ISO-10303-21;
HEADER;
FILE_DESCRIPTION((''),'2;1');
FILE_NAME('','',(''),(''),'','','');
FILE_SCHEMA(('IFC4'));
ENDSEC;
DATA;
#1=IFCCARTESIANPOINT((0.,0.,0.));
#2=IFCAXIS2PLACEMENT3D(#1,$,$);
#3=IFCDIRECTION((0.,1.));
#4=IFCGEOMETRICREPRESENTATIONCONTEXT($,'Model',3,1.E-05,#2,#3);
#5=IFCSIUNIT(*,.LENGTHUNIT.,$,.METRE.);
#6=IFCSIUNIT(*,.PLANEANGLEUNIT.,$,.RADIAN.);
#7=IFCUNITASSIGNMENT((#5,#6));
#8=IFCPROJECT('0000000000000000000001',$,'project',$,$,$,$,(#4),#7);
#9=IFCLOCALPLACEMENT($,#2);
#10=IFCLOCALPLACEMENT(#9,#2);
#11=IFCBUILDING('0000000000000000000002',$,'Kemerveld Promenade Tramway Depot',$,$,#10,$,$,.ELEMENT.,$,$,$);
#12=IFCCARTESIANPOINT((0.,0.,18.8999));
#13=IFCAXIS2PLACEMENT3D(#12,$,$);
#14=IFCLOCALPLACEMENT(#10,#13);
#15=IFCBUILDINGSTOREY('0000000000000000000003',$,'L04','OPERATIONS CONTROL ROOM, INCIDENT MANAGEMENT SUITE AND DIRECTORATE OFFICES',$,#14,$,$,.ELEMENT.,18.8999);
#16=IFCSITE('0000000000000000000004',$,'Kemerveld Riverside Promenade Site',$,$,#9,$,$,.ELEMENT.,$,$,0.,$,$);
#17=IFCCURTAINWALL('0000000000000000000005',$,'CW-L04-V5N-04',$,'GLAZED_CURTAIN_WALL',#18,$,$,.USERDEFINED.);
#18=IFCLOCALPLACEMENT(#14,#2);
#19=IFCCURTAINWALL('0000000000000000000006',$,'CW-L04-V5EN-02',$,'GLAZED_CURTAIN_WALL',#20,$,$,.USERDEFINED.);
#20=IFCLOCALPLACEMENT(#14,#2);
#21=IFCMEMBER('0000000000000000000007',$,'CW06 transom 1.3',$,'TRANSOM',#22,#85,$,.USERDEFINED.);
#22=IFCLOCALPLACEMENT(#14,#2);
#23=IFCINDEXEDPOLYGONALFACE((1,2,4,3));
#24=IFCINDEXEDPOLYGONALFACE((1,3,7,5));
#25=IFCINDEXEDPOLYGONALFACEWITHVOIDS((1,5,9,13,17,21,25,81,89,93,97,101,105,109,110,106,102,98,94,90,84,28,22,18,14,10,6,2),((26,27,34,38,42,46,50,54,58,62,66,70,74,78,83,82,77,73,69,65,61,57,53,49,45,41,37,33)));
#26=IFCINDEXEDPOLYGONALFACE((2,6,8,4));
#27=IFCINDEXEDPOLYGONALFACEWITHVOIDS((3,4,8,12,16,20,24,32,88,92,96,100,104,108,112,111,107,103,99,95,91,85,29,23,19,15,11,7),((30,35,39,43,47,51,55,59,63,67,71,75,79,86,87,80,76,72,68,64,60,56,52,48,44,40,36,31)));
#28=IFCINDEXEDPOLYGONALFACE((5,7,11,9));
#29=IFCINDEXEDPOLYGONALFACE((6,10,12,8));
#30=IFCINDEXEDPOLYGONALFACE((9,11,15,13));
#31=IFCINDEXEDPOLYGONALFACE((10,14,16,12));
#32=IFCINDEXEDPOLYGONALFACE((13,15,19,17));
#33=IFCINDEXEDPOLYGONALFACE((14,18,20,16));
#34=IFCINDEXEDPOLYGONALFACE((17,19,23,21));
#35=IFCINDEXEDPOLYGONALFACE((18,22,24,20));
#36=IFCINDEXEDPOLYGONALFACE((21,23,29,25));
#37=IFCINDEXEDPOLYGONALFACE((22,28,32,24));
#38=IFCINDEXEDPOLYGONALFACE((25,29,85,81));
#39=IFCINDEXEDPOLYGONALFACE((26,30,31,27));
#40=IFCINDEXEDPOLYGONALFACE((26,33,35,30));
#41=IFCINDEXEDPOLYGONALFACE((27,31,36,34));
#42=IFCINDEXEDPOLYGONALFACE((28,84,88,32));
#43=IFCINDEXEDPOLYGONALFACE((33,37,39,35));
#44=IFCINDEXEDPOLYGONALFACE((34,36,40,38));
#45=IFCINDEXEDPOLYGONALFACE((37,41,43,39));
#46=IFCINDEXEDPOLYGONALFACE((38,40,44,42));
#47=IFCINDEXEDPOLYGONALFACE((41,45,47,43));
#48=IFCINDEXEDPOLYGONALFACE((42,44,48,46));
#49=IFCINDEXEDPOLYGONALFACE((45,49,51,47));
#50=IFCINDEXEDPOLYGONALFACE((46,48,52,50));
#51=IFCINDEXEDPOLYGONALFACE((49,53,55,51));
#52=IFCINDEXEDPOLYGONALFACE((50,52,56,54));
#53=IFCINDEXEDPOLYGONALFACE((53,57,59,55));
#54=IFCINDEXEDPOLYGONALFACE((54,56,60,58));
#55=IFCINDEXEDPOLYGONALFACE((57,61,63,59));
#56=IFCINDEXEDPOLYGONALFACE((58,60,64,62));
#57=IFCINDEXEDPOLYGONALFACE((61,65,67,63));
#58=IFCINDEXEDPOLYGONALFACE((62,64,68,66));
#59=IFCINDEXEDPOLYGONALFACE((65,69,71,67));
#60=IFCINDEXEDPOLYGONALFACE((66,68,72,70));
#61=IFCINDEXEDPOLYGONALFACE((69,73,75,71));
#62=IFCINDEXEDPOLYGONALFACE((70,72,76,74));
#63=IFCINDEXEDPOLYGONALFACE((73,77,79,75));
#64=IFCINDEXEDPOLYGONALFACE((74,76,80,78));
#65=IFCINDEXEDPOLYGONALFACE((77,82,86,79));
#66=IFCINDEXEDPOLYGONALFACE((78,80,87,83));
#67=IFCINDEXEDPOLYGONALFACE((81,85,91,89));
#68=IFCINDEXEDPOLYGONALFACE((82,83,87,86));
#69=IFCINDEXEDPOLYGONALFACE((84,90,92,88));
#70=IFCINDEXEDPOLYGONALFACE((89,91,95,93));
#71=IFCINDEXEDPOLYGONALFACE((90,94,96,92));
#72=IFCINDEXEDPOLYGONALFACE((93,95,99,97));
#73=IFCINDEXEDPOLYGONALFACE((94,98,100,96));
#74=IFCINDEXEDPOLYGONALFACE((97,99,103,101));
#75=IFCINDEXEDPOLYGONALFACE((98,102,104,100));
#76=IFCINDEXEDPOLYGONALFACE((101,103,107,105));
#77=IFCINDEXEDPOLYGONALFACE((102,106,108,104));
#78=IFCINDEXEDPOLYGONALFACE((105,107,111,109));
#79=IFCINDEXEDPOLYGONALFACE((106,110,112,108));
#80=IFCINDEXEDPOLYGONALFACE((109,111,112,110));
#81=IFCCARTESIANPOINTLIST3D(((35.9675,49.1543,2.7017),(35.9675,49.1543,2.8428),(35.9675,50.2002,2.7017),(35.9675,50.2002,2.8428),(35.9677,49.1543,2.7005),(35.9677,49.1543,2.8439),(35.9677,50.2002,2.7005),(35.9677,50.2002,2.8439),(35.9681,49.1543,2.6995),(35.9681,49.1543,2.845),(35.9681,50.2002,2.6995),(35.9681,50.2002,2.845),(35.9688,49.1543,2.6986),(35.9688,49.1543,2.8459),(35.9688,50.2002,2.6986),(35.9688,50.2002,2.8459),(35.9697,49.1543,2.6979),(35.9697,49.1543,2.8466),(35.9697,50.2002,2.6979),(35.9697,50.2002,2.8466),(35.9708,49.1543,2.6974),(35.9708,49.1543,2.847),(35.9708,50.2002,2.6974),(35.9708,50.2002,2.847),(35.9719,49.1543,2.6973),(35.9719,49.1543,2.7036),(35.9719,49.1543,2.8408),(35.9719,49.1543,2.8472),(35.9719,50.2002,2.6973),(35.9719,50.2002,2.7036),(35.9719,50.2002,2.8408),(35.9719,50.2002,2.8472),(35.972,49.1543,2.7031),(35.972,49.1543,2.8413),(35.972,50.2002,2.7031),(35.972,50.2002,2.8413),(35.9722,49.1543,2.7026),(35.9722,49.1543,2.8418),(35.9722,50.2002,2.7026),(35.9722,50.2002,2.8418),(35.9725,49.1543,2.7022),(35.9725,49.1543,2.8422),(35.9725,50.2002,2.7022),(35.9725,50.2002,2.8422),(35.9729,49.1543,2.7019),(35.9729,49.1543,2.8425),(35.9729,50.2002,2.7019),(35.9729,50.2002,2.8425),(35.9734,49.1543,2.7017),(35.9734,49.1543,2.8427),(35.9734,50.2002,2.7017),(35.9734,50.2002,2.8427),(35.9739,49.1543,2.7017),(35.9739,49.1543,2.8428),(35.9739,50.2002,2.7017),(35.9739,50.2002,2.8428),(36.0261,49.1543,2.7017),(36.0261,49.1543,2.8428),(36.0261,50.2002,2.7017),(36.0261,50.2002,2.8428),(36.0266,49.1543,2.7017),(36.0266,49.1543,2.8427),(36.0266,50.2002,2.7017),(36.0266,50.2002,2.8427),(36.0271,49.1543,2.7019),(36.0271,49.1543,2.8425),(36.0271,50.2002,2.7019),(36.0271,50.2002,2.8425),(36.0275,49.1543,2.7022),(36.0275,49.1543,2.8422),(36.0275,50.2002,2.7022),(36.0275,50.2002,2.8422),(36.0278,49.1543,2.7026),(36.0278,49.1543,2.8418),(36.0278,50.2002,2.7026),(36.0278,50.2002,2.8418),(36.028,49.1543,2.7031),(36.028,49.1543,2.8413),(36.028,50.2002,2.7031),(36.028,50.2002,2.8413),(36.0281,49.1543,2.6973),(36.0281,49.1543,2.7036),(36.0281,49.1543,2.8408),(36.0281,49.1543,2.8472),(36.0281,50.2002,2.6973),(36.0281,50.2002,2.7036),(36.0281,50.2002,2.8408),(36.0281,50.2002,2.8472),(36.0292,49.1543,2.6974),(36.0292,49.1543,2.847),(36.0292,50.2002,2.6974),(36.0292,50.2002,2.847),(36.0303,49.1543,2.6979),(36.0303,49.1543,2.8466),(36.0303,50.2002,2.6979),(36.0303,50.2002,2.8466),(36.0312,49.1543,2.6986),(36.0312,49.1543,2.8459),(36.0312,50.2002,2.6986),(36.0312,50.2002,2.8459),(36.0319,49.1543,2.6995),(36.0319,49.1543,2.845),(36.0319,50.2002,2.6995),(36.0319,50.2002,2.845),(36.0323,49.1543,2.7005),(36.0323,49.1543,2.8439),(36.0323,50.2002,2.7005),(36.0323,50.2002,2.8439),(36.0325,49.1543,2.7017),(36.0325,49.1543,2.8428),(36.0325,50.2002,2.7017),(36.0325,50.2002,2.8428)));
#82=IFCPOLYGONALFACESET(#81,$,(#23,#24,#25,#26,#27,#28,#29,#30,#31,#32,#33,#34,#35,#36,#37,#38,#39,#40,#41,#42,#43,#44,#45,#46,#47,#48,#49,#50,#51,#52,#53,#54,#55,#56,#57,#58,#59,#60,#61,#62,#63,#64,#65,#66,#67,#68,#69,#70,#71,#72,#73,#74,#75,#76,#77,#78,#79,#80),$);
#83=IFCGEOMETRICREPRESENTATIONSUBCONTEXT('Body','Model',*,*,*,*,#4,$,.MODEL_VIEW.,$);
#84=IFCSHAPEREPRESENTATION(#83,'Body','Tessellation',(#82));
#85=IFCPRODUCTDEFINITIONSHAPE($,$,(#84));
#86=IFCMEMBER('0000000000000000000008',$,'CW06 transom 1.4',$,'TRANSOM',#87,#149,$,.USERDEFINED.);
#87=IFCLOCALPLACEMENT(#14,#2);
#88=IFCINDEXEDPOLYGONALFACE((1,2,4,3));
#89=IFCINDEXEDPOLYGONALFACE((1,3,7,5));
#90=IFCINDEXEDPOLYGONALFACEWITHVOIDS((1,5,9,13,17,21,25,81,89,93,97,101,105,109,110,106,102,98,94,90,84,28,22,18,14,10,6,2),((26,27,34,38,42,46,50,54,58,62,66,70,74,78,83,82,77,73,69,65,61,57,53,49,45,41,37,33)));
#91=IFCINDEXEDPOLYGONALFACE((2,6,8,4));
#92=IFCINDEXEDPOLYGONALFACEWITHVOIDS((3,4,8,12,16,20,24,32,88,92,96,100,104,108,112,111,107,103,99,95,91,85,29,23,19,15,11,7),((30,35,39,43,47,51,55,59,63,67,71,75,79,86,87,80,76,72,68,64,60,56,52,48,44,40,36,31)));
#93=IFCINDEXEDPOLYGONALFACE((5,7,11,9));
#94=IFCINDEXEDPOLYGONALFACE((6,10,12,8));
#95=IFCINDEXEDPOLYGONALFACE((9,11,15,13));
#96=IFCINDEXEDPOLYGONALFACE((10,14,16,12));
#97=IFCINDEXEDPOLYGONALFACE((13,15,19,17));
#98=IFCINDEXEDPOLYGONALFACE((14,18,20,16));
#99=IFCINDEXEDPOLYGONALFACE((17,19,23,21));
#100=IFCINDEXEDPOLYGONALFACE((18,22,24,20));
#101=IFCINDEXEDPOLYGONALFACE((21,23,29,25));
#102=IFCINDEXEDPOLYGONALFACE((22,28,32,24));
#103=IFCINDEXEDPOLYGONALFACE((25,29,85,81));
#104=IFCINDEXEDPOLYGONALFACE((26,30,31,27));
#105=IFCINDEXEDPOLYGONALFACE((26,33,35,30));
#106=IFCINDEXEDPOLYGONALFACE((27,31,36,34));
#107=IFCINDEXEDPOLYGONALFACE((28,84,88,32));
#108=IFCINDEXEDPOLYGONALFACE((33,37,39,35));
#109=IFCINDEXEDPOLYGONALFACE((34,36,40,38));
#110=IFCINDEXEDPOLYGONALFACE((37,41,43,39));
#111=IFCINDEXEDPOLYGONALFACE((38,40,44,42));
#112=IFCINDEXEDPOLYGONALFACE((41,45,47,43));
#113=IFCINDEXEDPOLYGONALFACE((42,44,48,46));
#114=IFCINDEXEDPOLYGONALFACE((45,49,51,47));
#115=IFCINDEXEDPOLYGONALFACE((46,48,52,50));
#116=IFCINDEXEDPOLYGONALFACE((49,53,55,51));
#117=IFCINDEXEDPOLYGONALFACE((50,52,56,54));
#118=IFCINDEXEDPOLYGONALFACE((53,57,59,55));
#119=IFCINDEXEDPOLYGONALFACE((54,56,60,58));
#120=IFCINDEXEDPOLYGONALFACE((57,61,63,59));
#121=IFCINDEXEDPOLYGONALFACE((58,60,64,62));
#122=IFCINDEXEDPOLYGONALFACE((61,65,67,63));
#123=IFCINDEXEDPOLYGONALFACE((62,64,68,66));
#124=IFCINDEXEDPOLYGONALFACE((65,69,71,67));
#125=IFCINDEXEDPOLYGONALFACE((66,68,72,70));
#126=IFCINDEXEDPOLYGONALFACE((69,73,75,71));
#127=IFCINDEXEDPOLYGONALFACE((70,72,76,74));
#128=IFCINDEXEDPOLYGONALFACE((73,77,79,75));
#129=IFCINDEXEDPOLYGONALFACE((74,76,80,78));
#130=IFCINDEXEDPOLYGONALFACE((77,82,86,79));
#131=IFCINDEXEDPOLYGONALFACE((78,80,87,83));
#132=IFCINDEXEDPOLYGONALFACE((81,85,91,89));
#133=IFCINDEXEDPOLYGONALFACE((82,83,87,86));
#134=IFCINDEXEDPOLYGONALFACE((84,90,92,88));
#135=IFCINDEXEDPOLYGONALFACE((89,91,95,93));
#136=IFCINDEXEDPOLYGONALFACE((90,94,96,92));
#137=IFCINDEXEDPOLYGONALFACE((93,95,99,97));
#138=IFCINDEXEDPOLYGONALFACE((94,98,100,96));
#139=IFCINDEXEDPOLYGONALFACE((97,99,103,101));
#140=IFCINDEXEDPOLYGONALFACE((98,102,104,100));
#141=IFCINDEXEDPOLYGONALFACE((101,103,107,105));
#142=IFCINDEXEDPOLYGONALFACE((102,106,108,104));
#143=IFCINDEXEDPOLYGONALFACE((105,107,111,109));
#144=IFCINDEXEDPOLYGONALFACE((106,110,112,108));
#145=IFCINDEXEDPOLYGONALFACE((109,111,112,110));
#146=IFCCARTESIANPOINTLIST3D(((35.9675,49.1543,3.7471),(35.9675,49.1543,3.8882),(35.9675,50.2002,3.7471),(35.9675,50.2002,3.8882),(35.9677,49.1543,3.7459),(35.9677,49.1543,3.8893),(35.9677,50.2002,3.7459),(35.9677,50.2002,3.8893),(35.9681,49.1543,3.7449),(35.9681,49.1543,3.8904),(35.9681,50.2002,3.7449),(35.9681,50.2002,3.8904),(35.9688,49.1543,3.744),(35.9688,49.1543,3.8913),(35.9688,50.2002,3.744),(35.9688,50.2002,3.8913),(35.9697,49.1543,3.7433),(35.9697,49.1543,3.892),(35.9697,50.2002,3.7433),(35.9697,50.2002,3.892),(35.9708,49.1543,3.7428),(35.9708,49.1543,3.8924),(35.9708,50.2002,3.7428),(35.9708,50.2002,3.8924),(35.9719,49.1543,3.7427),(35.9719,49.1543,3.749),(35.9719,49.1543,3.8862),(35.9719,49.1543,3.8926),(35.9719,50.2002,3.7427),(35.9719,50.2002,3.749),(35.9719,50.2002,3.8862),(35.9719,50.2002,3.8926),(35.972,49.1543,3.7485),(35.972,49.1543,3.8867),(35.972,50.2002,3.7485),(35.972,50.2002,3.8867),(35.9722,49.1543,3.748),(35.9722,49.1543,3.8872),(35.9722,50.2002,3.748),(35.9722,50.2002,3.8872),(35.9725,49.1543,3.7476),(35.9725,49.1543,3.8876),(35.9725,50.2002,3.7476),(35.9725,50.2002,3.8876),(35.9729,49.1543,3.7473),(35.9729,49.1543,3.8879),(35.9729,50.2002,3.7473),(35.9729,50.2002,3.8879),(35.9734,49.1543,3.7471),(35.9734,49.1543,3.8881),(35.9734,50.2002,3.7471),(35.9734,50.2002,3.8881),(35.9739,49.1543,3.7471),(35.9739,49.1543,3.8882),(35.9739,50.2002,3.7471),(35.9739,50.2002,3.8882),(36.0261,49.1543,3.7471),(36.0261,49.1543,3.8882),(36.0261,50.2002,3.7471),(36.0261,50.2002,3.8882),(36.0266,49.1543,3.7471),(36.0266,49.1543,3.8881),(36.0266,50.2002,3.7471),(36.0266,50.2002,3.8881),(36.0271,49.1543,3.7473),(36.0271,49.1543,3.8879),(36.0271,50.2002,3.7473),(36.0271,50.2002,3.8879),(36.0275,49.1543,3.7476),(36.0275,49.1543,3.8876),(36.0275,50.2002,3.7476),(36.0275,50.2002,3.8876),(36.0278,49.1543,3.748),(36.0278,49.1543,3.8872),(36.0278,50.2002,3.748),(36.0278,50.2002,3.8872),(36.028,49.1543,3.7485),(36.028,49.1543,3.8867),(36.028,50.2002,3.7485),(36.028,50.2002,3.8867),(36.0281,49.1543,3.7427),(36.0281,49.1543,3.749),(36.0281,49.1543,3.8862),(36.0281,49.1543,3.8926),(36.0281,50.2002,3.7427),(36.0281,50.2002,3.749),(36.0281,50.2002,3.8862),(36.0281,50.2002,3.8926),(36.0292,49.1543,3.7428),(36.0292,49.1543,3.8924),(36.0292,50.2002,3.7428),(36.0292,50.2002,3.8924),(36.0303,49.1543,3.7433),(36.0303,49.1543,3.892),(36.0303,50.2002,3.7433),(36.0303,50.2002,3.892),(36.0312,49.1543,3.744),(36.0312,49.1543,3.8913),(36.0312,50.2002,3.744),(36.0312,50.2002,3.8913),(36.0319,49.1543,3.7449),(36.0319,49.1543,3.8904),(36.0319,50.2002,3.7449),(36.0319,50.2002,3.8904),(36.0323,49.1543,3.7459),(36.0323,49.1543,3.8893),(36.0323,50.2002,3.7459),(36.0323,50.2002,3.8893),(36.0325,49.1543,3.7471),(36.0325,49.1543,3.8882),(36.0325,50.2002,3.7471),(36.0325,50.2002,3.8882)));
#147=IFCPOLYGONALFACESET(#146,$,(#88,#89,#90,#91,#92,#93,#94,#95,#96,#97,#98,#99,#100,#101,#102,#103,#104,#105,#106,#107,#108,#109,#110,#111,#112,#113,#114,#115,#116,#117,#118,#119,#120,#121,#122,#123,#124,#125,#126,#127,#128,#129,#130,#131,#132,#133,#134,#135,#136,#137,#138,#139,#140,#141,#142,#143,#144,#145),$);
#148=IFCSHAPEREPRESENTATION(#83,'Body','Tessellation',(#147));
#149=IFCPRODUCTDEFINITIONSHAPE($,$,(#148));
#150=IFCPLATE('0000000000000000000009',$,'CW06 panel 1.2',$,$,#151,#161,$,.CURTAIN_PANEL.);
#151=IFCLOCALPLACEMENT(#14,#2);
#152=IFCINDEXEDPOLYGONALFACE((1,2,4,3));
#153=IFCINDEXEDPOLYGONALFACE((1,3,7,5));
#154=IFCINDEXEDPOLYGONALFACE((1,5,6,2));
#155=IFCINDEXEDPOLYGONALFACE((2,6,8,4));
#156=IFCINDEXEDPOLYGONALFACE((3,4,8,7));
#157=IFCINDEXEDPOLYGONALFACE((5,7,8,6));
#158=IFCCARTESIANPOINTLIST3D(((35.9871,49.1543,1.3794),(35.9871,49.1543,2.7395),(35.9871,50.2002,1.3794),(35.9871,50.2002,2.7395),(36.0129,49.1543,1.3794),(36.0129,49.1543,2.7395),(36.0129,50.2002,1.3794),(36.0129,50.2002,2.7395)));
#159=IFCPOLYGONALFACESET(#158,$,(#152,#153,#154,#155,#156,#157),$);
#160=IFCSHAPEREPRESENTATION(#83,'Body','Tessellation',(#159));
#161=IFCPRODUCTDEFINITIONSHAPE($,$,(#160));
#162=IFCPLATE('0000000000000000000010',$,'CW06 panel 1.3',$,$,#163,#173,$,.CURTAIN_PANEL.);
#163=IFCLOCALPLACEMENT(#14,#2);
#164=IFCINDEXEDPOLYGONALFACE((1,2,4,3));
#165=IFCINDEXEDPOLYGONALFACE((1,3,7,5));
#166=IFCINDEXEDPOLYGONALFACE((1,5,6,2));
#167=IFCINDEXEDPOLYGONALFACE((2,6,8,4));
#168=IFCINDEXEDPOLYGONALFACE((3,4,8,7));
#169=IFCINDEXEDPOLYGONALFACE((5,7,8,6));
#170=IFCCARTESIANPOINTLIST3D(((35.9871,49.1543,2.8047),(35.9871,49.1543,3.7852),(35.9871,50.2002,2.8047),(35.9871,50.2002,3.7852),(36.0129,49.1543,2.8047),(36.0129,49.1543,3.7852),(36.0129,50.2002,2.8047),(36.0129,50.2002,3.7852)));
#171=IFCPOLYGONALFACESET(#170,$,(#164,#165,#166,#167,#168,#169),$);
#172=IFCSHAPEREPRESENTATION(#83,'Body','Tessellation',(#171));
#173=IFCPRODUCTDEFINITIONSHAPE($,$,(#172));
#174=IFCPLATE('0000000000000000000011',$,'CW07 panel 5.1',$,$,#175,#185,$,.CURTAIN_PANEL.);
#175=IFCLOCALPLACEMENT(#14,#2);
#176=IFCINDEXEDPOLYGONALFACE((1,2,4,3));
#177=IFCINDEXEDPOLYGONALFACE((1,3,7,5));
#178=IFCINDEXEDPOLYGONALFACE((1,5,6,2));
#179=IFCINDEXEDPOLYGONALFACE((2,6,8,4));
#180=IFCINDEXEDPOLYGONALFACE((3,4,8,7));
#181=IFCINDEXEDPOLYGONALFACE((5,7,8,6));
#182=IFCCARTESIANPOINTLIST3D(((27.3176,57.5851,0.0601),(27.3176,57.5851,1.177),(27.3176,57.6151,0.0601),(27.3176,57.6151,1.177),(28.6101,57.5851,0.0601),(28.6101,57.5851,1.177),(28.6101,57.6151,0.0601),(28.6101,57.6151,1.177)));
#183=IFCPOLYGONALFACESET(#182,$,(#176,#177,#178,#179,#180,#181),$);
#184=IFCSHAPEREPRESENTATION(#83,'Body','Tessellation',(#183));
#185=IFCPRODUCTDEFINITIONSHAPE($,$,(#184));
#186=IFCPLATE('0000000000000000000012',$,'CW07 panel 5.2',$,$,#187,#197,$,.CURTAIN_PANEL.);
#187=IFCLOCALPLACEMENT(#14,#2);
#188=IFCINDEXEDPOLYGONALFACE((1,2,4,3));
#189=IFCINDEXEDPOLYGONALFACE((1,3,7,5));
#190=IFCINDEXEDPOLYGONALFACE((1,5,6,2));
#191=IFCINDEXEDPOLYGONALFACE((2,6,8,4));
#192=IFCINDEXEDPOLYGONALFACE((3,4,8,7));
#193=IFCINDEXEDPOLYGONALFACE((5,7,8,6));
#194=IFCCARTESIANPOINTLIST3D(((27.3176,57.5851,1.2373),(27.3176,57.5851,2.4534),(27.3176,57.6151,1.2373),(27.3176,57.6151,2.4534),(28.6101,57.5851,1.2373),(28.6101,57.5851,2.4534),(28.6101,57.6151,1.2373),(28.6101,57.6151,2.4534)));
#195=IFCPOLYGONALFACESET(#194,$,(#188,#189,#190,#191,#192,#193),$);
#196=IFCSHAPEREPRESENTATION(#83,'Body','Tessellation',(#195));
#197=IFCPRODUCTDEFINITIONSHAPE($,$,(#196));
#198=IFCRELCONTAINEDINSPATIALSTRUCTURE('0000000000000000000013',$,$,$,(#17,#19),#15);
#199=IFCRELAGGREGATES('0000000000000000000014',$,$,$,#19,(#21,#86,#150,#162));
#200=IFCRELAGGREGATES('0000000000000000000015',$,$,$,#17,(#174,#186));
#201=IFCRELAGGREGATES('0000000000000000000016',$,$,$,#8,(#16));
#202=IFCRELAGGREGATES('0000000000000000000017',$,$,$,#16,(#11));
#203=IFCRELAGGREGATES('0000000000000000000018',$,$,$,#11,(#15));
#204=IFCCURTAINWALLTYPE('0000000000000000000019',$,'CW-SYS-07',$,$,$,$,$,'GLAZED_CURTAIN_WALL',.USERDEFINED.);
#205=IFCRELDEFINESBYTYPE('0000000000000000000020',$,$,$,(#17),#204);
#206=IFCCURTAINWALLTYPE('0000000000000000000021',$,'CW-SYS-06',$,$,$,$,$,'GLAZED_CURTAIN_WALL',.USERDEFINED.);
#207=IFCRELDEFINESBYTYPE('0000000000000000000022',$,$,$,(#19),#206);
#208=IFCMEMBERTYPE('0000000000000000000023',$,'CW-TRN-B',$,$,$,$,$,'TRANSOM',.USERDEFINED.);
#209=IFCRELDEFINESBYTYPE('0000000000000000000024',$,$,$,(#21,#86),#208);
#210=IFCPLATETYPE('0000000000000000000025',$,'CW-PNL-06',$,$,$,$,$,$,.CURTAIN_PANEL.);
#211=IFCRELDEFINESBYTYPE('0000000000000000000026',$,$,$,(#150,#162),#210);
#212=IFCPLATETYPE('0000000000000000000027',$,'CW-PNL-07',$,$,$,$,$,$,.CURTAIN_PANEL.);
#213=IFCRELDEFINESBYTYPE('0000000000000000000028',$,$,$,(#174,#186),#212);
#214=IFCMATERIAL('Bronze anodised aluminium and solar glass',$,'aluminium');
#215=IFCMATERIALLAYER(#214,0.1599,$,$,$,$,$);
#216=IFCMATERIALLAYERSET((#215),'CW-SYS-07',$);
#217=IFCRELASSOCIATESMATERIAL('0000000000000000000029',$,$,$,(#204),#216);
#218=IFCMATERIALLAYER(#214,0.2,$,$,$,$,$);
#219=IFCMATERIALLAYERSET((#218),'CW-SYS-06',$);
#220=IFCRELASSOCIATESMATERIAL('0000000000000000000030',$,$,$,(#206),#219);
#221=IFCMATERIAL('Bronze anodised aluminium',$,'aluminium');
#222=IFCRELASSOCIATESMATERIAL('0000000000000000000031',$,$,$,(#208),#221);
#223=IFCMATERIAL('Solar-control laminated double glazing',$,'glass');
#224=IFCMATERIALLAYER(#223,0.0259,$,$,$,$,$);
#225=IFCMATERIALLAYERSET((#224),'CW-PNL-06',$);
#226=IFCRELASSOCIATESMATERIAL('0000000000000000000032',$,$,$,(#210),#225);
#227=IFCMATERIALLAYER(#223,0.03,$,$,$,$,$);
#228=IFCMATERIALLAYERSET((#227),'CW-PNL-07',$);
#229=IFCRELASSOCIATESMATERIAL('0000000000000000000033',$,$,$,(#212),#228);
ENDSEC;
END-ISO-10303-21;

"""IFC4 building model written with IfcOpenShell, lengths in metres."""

from ifc_helpers import new_model, si_unit, direction, frame, origin, origin_2d, place, context, subcontext, project, spatial, rectangle, hollow_rectangle, extrude, material, layer, layer_set, material_profile, profile_set, type_object, element, aggregate, save


model = new_model("IFC4")

# Units and contexts
model_context = context("Model", 3, precision=1e-05, world=origin(), true_north=direction((0.0, 1.0)))
body_context = subcontext(model_context, "Body", "Model", "MODEL_VIEW")
ifc_project = project(units=[si_unit("LENGTHUNIT", "METRE"), si_unit("PLANEANGLEUNIT", "RADIAN")], contexts=[model_context])

# Site, building, storey
site_placement = place(None, origin())
site = spatial("IfcSite", under=ifc_project, at=site_placement, Name="Kemerveld Riverside Promenade Site", CompositionType="ELEMENT", RefElevation=0.0)
building_placement = place(site_placement, origin())
building = spatial("IfcBuilding", under=site, at=building_placement, Name="Kemerveld Promenade Tramway Depot", CompositionType="ELEMENT")
storey_placement = place(building_placement, frame((0.0, 0.0, 18.8999)))
storey = spatial("IfcBuildingStorey", under=building, at=storey_placement, Name="L04", Description="OPERATIONS CONTROL ROOM, INCIDENT MANAGEMENT SUITE AND DIRECTORATE OFFICES", CompositionType="ELEMENT", Elevation=18.8999)

# Curtain walls
ifc_material_1 = material(Name="Bronze anodised aluminium and solar glass", Category="aluminium")
ifc_layer_1 = layer(ifc_material_1, 0.1599)
ifc_layer_set_1 = layer_set([ifc_layer_1], Name="CW-SYS-07")
curtain_wall_type_1 = type_object("IfcCurtainWallType", Name="CW-SYS-07", ElementType="GLAZED_CURTAIN_WALL", PredefinedType="USERDEFINED", material=ifc_layer_set_1)
curtain_wall_1_placement = place(storey_placement, origin())
curtain_wall_1 = element("IfcCurtainWall", 1, at=curtain_wall_1_placement, inside=storey, type_object=curtain_wall_type_1, Name="CW-L04-V5N-04", ObjectType="GLAZED_CURTAIN_WALL", PredefinedType="USERDEFINED")
ifc_material_2 = material(Name="Bronze anodised aluminium", Category="aluminium")
ifc_layer_2 = layer(ifc_material_1, 0.2)
ifc_layer_set_2 = layer_set([ifc_layer_2], Name="CW-SYS-06")
curtain_wall_type_2 = type_object("IfcCurtainWallType", Name="CW-SYS-06", ElementType="GLAZED_CURTAIN_WALL", PredefinedType="USERDEFINED", material=ifc_layer_set_2)
curtain_wall_2_placement = place(storey_placement, origin())
curtain_wall_2 = element("IfcCurtainWall", 2, at=curtain_wall_2_placement, inside=storey, type_object=curtain_wall_type_2, Name="CW-L04-V5EN-02", ObjectType="GLAZED_CURTAIN_WALL", PredefinedType="USERDEFINED")

# Members
ifc_material_profile_1 = material_profile(ifc_material_2, hollow_rectangle(XDim=0.0649, YDim=0.1499, WallThickness=0.0044, InnerFilletRadius=0.002, OuterFilletRadius=0.0044, at=origin_2d()), Name="CW-TRN-150x65")
ifc_profile_set_1 = profile_set([ifc_material_profile_1], Name="Bronze anodised aluminium")
member_type_1 = type_object("IfcMemberType", Name="CW-TRN-B", ElementType="TRANSOM", PredefinedType="USERDEFINED", material=ifc_profile_set_1)
member_1_placement = place(storey_placement, frame((36.0, 50.2002, 2.7722), z_axis=(0.0, -1.0, 0.0), x_axis=(1.0, 0.0, 0.0)))
member_1 = element("IfcMember", 3, at=member_1_placement, type_object=member_type_1, Name="CW06 transom 1.3", ObjectType="TRANSOM", PredefinedType="USERDEFINED", context=body_context, shape_type="SweptSolid", body=[
    extrude(hollow_rectangle(XDim=0.0649, YDim=0.1499, WallThickness=0.0044, InnerFilletRadius=0.002, OuterFilletRadius=0.0044, at=origin_2d()), origin(), (0.0, 0.0, 1.0), 1.0459),
])
member_2_placement = place(storey_placement, frame((36.0, 50.2002, 3.8176), z_axis=(0.0, -1.0, 0.0), x_axis=(1.0, 0.0, 0.0)))
member_2 = element("IfcMember", 4, at=member_2_placement, type_object=member_type_1, Name="CW06 transom 1.4", ObjectType="TRANSOM", PredefinedType="USERDEFINED", context=body_context, shape_type="SweptSolid", body=[
    extrude(hollow_rectangle(XDim=0.0649, YDim=0.1499, WallThickness=0.0044, InnerFilletRadius=0.002, OuterFilletRadius=0.0044, at=origin_2d()), origin(), (0.0, 0.0, 1.0), 1.0459),
])

# Plates
ifc_material_3 = material(Name="Solar-control laminated double glazing", Category="glass")
ifc_layer_3 = layer(ifc_material_3, 0.0259)
ifc_layer_set_3 = layer_set([ifc_layer_3], Name="CW-PNL-06")
plate_type_1 = type_object("IfcPlateType", Name="CW-PNL-06", PredefinedType="CURTAIN_PANEL", material=ifc_layer_set_3)
plate_1_placement = place(storey_placement, frame((36.0, 49.6772, 1.3794), z_axis=(0.0, 0.0, 1.0), x_axis=(0.0, -1.0, 0.0)))
plate_1 = element("IfcPlate", 5, at=plate_1_placement, type_object=plate_type_1, Name="CW06 panel 1.2", PredefinedType="CURTAIN_PANEL", context=body_context, shape_type="SweptSolid", body=[
    extrude(rectangle(XDim=1.0459, YDim=0.0259, at=origin_2d()), origin(), (0.0, 0.0, 1.0), 1.3601),
])
plate_2_placement = place(storey_placement, frame((36.0, 49.6772, 2.8047), z_axis=(0.0, 0.0, 1.0), x_axis=(0.0, -1.0, 0.0)))
plate_2 = element("IfcPlate", 6, at=plate_2_placement, type_object=plate_type_1, Name="CW06 panel 1.3", PredefinedType="CURTAIN_PANEL", context=body_context, shape_type="SweptSolid", body=[
    extrude(rectangle(XDim=1.0459, YDim=0.0259, at=origin_2d()), origin(), (0.0, 0.0, 1.0), 0.9805),
])
aggregate(curtain_wall_2, [member_1, member_2, plate_1, plate_2])
ifc_layer_4 = layer(ifc_material_3, 0.03)
ifc_layer_set_4 = layer_set([ifc_layer_4], Name="CW-PNL-07")
plate_type_2 = type_object("IfcPlateType", Name="CW-PNL-07", PredefinedType="CURTAIN_PANEL", material=ifc_layer_set_4)
plate_3_placement = place(storey_placement, frame((27.9639, 57.6001, 0.0601), z_axis=(0.0, 0.0, 1.0), x_axis=(1.0, 0.0, 0.0)))
plate_3 = element("IfcPlate", 7, at=plate_3_placement, type_object=plate_type_2, Name="CW07 panel 5.1", PredefinedType="CURTAIN_PANEL", context=body_context, shape_type="SweptSolid", body=[
    extrude(rectangle(XDim=1.2925, YDim=0.03, at=origin_2d()), origin(), (0.0, 0.0, 1.0), 1.1169),
])
plate_4_placement = place(storey_placement, frame((27.9639, 57.6001, 1.2373), z_axis=(0.0, 0.0, 1.0), x_axis=(1.0, 0.0, 0.0)))
plate_4 = element("IfcPlate", 8, at=plate_4_placement, type_object=plate_type_2, Name="CW07 panel 5.2", PredefinedType="CURTAIN_PANEL", context=body_context, shape_type="SweptSolid", body=[
    extrude(rectangle(XDim=1.2925, YDim=0.03, at=origin_2d()), origin(), (0.0, 0.0, 1.0), 1.2161),
])
aggregate(curtain_wall_1, [plate_3, plate_4])

save(model, "model.ifc")
